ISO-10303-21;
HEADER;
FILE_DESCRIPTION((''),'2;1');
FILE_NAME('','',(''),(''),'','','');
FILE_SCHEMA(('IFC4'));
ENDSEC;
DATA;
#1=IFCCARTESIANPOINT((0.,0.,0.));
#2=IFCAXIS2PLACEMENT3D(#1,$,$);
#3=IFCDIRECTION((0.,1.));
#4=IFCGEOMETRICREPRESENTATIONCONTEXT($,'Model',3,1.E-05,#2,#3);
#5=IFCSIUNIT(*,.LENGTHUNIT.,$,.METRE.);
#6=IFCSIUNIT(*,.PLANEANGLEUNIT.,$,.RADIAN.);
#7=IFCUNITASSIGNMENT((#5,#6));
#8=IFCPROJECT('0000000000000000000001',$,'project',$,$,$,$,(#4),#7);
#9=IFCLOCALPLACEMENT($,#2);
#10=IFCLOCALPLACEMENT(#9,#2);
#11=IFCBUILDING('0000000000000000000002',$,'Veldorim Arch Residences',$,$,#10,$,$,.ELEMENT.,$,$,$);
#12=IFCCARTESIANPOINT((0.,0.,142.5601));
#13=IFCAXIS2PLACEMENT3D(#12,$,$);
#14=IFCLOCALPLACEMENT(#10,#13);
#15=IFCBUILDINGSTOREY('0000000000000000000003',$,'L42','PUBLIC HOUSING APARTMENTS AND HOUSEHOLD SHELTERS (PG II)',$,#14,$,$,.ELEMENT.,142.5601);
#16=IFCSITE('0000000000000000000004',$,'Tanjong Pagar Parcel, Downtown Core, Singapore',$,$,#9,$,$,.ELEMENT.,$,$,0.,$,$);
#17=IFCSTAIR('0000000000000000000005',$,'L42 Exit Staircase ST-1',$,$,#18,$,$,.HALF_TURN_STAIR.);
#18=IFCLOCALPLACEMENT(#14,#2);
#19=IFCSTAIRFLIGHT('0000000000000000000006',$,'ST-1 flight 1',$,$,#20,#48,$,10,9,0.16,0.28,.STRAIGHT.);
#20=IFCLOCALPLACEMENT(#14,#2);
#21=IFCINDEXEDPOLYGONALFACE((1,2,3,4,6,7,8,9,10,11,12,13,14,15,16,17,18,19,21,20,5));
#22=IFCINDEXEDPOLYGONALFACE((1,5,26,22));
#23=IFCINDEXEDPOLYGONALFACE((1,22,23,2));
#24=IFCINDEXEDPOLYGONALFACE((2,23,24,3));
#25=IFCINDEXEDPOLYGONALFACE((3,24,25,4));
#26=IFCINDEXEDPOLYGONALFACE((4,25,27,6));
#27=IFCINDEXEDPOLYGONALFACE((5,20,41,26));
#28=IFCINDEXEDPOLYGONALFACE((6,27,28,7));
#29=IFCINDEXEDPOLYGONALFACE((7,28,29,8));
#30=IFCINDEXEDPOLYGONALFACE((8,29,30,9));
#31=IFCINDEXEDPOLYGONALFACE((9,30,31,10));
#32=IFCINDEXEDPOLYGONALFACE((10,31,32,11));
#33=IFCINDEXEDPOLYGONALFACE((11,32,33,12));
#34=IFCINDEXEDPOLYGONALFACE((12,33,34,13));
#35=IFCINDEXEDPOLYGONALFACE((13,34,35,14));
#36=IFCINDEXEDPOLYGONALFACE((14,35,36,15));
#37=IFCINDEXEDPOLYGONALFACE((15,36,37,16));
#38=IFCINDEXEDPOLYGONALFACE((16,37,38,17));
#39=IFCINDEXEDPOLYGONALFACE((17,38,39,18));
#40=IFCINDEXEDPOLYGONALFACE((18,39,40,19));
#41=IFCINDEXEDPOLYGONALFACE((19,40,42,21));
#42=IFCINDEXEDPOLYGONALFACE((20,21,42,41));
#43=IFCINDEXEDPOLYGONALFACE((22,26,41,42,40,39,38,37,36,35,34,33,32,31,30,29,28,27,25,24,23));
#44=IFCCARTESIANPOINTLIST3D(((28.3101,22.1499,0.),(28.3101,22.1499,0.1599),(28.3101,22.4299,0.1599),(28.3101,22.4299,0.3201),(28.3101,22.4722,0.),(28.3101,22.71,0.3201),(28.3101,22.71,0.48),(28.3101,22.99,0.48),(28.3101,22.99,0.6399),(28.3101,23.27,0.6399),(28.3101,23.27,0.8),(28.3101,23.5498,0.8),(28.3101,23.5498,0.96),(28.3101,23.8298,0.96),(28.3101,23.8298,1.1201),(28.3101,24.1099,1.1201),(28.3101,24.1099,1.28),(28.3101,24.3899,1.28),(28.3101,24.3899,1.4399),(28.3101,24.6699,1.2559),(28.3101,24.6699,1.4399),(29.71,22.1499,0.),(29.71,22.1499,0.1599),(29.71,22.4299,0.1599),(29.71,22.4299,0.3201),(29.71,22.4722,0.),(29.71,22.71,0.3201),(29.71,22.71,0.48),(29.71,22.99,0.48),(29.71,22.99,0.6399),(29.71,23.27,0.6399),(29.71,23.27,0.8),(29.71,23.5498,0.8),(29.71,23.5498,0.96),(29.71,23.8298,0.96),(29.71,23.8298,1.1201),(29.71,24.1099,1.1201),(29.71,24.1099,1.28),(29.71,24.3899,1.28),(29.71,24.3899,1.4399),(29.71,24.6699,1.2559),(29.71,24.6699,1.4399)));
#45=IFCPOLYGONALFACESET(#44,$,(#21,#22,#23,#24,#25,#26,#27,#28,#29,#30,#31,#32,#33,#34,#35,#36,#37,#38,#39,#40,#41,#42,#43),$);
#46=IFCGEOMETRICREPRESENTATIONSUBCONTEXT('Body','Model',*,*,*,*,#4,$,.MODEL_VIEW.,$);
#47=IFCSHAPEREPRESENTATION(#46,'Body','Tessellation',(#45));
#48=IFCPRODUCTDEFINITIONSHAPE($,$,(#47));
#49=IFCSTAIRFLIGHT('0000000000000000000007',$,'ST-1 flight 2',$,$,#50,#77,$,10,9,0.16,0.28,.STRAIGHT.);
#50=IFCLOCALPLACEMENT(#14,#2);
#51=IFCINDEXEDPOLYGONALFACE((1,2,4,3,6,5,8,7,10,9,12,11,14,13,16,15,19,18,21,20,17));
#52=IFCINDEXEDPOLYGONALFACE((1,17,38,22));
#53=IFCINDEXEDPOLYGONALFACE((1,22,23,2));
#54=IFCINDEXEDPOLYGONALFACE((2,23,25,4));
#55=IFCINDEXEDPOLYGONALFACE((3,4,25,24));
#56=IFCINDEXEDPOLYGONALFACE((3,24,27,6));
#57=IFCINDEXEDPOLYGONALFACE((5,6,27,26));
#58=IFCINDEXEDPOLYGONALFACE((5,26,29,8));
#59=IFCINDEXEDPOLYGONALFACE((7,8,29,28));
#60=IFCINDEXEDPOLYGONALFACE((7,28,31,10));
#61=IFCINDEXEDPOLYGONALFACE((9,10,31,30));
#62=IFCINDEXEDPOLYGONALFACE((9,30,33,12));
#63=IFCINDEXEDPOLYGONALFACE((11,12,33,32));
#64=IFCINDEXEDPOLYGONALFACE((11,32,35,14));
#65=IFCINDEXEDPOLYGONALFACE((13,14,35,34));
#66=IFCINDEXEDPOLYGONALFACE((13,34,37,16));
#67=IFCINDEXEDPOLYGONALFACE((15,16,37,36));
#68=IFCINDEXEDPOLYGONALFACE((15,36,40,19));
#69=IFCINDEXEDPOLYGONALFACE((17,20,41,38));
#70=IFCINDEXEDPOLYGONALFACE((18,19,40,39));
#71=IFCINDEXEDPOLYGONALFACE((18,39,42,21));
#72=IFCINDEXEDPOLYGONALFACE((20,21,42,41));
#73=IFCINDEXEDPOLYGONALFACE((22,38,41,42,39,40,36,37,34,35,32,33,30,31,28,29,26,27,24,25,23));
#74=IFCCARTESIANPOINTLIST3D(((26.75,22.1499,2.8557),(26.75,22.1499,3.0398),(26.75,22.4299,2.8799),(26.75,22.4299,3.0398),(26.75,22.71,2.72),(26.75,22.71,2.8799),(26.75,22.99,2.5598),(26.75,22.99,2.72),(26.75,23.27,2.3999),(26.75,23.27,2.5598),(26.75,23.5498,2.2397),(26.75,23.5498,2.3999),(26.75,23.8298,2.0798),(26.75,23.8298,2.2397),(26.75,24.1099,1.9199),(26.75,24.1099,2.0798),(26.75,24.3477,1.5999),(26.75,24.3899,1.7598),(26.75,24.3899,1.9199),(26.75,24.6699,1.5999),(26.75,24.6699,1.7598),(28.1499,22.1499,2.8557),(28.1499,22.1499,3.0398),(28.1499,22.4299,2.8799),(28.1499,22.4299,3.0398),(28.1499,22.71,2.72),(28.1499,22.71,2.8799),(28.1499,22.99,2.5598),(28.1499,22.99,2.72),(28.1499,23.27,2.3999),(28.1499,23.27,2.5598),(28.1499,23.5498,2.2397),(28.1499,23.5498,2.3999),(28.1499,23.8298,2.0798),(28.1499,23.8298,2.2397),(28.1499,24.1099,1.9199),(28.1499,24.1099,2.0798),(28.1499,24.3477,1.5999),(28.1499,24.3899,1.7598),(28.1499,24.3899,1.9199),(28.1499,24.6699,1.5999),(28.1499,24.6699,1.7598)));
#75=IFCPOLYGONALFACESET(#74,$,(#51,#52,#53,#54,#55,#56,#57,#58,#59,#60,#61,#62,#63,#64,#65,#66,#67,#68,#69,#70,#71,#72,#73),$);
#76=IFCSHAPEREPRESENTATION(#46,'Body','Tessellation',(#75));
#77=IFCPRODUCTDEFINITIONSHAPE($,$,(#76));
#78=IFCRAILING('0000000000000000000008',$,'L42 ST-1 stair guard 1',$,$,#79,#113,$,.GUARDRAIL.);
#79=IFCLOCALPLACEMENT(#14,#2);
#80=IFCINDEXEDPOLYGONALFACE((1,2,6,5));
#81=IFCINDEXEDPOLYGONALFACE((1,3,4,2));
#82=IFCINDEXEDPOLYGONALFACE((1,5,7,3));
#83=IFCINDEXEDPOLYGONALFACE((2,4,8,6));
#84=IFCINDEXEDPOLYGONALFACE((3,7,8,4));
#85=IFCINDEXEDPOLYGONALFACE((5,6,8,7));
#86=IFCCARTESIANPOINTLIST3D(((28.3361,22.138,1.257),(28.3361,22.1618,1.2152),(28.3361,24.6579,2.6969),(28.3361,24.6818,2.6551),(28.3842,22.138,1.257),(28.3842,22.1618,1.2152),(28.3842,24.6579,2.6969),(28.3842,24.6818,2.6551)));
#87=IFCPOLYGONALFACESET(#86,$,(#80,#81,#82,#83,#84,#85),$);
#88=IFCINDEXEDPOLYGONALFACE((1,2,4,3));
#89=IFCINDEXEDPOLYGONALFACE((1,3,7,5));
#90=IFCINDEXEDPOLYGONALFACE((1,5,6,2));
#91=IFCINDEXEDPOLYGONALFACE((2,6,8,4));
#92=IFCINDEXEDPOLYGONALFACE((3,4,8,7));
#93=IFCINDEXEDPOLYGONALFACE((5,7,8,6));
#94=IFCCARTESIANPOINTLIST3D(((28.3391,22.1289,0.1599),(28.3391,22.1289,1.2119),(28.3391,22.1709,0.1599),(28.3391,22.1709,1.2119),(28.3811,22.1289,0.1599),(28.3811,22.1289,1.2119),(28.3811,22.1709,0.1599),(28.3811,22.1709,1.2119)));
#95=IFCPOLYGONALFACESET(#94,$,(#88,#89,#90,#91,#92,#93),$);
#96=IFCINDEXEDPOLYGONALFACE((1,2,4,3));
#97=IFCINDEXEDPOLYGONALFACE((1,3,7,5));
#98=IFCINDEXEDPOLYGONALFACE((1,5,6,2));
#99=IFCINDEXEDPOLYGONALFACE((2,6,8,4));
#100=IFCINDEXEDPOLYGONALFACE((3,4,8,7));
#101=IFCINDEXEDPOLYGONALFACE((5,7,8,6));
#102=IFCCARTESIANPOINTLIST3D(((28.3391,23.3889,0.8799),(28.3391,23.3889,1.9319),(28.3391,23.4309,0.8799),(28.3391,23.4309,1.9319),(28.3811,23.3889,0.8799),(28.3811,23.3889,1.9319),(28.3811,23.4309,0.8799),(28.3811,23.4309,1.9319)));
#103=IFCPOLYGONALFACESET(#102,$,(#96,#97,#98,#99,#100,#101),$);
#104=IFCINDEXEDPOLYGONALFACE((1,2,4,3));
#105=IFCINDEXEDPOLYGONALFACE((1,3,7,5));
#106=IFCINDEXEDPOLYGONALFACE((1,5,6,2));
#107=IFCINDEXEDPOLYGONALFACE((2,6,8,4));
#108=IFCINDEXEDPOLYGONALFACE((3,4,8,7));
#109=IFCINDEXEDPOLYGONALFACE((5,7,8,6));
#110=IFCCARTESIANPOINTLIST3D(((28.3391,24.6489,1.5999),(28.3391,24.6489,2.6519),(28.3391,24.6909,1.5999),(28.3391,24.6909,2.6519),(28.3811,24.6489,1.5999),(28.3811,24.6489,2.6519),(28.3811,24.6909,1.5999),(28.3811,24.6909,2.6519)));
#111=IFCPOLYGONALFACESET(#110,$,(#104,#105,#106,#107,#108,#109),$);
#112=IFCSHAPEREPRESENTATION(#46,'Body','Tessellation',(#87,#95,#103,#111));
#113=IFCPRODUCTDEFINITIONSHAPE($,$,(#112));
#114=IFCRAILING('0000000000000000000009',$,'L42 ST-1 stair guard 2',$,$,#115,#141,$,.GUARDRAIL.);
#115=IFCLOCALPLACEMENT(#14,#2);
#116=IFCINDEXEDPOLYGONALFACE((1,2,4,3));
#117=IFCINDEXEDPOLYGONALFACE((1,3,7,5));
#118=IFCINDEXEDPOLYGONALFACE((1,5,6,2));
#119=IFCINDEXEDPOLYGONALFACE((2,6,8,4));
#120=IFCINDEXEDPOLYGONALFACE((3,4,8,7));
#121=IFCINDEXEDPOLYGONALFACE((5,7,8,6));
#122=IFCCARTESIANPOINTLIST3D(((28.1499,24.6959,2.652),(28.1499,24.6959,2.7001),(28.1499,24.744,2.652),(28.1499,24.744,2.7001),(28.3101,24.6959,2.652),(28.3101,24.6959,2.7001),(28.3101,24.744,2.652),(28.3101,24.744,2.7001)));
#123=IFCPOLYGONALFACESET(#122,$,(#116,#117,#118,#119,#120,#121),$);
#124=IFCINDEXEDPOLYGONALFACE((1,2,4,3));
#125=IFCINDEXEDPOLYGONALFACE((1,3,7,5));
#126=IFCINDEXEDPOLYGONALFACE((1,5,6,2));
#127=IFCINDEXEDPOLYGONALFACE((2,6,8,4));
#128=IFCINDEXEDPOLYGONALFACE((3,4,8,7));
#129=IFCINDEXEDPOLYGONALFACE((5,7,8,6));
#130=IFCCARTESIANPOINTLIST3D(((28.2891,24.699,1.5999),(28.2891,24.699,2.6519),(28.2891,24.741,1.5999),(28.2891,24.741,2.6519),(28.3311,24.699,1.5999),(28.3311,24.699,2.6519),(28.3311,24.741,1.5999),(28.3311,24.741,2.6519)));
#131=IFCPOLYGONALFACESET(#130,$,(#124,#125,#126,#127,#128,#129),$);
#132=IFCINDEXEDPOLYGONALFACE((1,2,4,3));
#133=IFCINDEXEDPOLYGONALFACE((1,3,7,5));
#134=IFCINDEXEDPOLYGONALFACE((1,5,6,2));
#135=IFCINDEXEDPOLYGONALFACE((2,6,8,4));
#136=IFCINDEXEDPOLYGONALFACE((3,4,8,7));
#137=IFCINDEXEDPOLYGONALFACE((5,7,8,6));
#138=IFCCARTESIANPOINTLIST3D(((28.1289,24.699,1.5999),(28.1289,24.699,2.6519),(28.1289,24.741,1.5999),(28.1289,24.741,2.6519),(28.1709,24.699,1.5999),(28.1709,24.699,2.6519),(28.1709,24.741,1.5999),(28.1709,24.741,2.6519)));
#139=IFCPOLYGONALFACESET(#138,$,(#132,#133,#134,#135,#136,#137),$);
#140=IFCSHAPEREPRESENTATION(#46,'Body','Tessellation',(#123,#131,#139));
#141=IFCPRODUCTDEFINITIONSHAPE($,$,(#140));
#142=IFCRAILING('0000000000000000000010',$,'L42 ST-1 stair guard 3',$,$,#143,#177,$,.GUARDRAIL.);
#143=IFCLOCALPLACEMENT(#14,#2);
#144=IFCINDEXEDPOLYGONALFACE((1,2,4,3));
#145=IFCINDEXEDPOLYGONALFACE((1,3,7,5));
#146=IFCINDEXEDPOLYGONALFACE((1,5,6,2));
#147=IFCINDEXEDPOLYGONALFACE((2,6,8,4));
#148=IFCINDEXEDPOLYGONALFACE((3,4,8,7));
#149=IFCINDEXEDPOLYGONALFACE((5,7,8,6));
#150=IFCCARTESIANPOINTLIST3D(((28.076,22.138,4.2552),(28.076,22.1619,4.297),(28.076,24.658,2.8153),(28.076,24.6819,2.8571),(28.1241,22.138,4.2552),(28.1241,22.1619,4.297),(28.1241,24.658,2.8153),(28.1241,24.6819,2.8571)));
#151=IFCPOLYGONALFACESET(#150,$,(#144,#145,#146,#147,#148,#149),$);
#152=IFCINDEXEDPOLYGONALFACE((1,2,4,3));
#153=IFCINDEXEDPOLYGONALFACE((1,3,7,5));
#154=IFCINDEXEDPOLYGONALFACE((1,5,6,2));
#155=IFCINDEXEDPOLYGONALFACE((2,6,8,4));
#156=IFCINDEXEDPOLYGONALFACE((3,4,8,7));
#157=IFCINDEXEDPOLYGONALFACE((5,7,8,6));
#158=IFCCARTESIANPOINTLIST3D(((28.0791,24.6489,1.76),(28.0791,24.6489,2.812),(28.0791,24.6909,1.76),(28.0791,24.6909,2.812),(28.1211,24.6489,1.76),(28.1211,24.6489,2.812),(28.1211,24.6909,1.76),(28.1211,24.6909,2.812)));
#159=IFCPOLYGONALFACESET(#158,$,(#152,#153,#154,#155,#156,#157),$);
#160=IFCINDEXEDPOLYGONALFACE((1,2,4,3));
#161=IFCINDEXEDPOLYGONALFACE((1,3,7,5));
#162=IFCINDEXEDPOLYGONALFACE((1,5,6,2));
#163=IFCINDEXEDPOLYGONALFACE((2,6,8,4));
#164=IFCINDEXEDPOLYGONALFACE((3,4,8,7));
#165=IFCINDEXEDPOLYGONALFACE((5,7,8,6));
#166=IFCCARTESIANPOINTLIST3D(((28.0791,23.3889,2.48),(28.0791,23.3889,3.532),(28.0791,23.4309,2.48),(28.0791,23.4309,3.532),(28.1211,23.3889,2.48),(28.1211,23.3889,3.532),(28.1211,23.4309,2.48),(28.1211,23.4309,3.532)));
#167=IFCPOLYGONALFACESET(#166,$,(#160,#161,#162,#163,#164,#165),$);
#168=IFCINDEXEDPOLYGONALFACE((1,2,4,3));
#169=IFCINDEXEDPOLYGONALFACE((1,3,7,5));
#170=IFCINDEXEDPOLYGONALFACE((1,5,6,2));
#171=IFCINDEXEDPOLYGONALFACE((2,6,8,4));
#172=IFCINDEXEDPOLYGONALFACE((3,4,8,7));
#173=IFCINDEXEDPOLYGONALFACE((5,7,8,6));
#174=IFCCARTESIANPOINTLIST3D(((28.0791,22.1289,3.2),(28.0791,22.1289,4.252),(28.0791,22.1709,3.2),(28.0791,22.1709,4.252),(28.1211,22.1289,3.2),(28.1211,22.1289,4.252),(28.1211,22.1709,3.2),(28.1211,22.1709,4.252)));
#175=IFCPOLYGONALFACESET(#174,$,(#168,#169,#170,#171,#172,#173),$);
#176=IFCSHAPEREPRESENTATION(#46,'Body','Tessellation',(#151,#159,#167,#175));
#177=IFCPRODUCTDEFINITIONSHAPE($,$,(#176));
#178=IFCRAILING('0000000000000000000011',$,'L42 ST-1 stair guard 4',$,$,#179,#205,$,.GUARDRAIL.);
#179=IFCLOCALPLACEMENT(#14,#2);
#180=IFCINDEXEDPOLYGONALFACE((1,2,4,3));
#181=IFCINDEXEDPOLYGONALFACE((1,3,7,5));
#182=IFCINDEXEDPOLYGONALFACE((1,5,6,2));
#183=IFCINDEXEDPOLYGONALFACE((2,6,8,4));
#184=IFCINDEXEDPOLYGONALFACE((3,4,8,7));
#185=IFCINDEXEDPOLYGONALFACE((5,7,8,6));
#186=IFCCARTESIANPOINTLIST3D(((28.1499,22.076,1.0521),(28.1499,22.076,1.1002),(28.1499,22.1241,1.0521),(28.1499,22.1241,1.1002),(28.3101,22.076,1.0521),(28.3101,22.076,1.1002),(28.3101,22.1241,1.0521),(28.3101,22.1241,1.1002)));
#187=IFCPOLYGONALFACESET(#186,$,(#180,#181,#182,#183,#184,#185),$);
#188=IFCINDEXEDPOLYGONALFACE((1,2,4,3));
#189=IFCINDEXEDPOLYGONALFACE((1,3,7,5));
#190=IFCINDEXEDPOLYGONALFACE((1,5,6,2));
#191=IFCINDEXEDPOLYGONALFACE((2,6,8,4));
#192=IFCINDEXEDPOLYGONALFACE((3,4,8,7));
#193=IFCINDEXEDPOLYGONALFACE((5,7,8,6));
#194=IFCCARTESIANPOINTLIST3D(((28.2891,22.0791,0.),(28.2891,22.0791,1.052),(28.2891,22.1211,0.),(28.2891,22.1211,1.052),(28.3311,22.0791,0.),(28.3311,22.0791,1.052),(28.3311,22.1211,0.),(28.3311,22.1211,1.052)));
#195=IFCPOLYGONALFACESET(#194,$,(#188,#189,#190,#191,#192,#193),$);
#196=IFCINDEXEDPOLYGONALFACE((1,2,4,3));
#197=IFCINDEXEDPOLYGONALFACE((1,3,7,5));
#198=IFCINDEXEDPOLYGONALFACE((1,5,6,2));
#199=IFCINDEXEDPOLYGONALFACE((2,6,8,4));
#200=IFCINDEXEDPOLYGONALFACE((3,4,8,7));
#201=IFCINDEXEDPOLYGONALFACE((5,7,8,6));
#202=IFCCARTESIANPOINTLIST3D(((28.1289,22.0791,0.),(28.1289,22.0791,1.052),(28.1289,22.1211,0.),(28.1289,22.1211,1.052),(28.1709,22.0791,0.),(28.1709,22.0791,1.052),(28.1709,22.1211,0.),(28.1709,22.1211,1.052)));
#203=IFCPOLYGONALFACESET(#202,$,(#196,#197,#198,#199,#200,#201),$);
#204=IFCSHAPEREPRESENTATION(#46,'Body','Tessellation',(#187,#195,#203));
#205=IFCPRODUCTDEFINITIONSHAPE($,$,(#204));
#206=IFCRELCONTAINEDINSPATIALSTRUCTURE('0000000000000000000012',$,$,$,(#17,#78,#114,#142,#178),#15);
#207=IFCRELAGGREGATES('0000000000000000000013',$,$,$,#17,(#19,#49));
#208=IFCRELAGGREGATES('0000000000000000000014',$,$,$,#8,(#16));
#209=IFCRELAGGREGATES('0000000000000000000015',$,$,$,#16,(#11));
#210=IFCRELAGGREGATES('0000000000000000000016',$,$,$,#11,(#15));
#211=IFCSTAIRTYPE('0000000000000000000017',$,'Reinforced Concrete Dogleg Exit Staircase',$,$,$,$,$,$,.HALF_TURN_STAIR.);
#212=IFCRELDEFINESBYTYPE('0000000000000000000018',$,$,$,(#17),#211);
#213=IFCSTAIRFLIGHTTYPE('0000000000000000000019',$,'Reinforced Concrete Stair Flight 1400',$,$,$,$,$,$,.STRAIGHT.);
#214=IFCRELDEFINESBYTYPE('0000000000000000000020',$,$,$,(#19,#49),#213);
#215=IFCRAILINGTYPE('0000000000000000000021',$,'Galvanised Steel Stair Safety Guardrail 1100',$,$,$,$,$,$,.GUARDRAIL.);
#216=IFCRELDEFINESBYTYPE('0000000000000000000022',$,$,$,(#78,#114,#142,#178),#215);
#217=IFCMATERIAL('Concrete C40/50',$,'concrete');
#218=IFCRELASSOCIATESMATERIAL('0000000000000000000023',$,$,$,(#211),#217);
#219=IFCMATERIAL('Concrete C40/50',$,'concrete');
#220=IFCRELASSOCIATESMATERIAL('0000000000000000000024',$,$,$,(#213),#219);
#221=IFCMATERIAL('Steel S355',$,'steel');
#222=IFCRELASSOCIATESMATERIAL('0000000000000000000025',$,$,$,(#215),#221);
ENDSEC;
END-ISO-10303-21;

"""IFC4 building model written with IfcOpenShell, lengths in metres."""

from ifc_helpers import new_model, si_unit, direction, frame, origin, origin_2d, place, context, subcontext, project, spatial, polyline, rectangle, outline, extrude, material, type_object, element, aggregate, save


model = new_model("IFC4")

# Units and contexts
model_context = context("Model", 3, precision=1e-05, world=origin(), true_north=direction((0.0, 1.0)))
body_context = subcontext(model_context, "Body", "Model", "MODEL_VIEW")
ifc_project = project(units=[si_unit("LENGTHUNIT", "METRE"), si_unit("PLANEANGLEUNIT", "RADIAN")], contexts=[model_context])

# Site, building, storey
site_placement = place(None, origin())
site = spatial("IfcSite", under=ifc_project, at=site_placement, Name="Tanjong Pagar Parcel, Downtown Core, Singapore", CompositionType="ELEMENT", RefElevation=0.0)
building_placement = place(site_placement, origin())
building = spatial("IfcBuilding", under=site, at=building_placement, Name="Veldorim Arch Residences", CompositionType="ELEMENT")
storey_placement = place(building_placement, frame((0.0, 0.0, 142.5601)))
storey = spatial("IfcBuildingStorey", under=building, at=storey_placement, Name="L42", Description="PUBLIC HOUSING APARTMENTS AND HOUSEHOLD SHELTERS (PG II)", CompositionType="ELEMENT", Elevation=142.5601)

# Stair, stair flights
ifc_material_1 = material(Name="Concrete C40/50", Category="concrete")
stair_type = type_object("IfcStairType", Name="Reinforced Concrete Dogleg Exit Staircase", PredefinedType="HALF_TURN_STAIR", material=ifc_material_1)
stair_placement = place(storey_placement, origin())
stair = element("IfcStair", 1, at=stair_placement, inside=storey, type_object=stair_type, Name="L42 Exit Staircase ST-1", PredefinedType="HALF_TURN_STAIR")
ifc_material_2 = material(Name="Concrete C40/50", Category="concrete")
stair_flight_type = type_object("IfcStairFlightType", Name="Reinforced Concrete Stair Flight 1400", PredefinedType="STRAIGHT", material=ifc_material_2)
stair_flight_1_placement = place(storey_placement, frame((29.01, 22.1499, 0.0), z_axis=(0.0, 0.0, 1.0), x_axis=(0.0, 1.0, 0.0)))
stair_flight_1 = element("IfcStairFlight", 2, at=stair_flight_1_placement, type_object=stair_flight_type, Name="ST-1 flight 1", NumberOfRisers=10, NumberOfTreads=9, PredefinedType="STRAIGHT", RiserHeight=0.16, TreadLength=0.28, context=body_context, shape_type="SweptSolid", body=[
    extrude(outline(polyline([(0.0, 0.0), (0.0, 0.1599), (0.28, 0.1599), (0.28, 0.3201), (0.5601, 0.3201), (0.5601, 0.48), (0.8401, 0.48), (0.8401, 0.6399), (1.1201, 0.6399), (1.1201, 0.8), (1.3999, 0.8), (1.3999, 0.96), (1.6799, 0.96), (1.6799, 1.1201), (1.96, 1.1201), (1.96, 1.28), (2.24, 1.28), (2.24, 1.4399), (2.52, 1.4399), (2.52, 1.6001), (2.52, 1.2559), (0.3223, 0.0), (0.0, 0.0)])), frame((0.0, 0.7, 0.0), z_axis=(0.0, -1.0, 0.0), x_axis=(1.0, 0.0, 0.0)), (0.0, 0.0, 1.0), 1.3999),
])
stair_flight_2_placement = place(storey_placement, frame((27.45, 24.6699, 1.5999), z_axis=(0.0, 0.0, 1.0), x_axis=(0.0, -1.0, 0.0)))
stair_flight_2 = element("IfcStairFlight", 3, at=stair_flight_2_placement, type_object=stair_flight_type, Name="ST-1 flight 2", NumberOfRisers=10, NumberOfTreads=9, PredefinedType="STRAIGHT", RiserHeight=0.16, TreadLength=0.28, context=body_context, shape_type="SweptSolid", body=[
    extrude(outline(polyline([(0.0, 0.0), (0.0, 0.1599), (0.28, 0.1599), (0.28, 0.3201), (0.5601, 0.3201), (0.5601, 0.48), (0.8401, 0.48), (0.8401, 0.6399), (1.1201, 0.6399), (1.1201, 0.8), (1.3999, 0.8), (1.3999, 0.96), (1.6799, 0.96), (1.6799, 1.1201), (1.96, 1.1201), (1.96, 1.28), (2.24, 1.28), (2.24, 1.4399), (2.52, 1.4399), (2.52, 1.6001), (2.52, 1.2559), (0.3223, 0.0), (0.0, 0.0)])), frame((0.0, 0.7, 0.0), z_axis=(0.0, -1.0, 0.0), x_axis=(1.0, 0.0, 0.0)), (0.0, 0.0, 1.0), 1.3999),
])
aggregate(stair, [stair_flight_1, stair_flight_2])

# Railings
ifc_material_3 = material(Name="Steel S355", Category="steel")
railing_type_1 = type_object("IfcRailingType", Name="Galvanised Steel Stair Safety Guardrail 1100", PredefinedType="GUARDRAIL", material=ifc_material_3)
railing_1_placement = place(storey_placement, frame((28.3601, 22.1499, 0.1599)))
element("IfcRailing", 4, at=railing_1_placement, inside=storey, type_object=railing_type_1, Name="L42 ST-1 stair guard 1", PredefinedType="GUARDRAIL", context=body_context, shape_type="SweptSolid", body=[
    extrude(rectangle(XDim=0.0481, YDim=0.0481, at=origin_2d()), frame((0.0, 0.0, 1.0762), z_axis=(0.0, 0.868253, 0.496121), x_axis=(-1.0, 0.0, 0.0)), (0.0, 0.0, 1.0), 2.9023),
    extrude(rectangle(XDim=0.042, YDim=0.042, at=origin_2d()), origin(), (0.0, 0.0, 1.0), 1.052),
    extrude(rectangle(XDim=0.042, YDim=0.042, at=origin_2d()), frame((0.0, 1.26, 0.72)), (0.0, 0.0, 1.0), 1.052),
    extrude(rectangle(XDim=0.042, YDim=0.042, at=origin_2d()), frame((0.0, 2.52, 1.4399)), (0.0, 0.0, 1.0), 1.052),
])
railing_2_placement = place(storey_placement, frame((28.3101, 24.72, 1.5999)))
element("IfcRailing", 5, at=railing_2_placement, inside=storey, type_object=railing_type_1, Name="L42 ST-1 stair guard 2", PredefinedType="GUARDRAIL", context=body_context, shape_type="SweptSolid", body=[
    extrude(rectangle(XDim=0.0481, YDim=0.0481, at=origin_2d()), frame((0.0, 0.0, 1.0762), z_axis=(-1.0, 0.0, 0.0), x_axis=(0.0, -1.0, 0.0)), (0.0, 0.0, 1.0), 0.1602),
    extrude(rectangle(XDim=0.042, YDim=0.042, at=origin_2d()), origin(), (0.0, 0.0, 1.0), 1.052),
    extrude(rectangle(XDim=0.042, YDim=0.042, at=origin_2d()), frame((-0.1602, 0.0, 0.0)), (0.0, 0.0, 1.0), 1.052),
])
railing_3_placement = place(storey_placement, frame((28.1001, 24.6699, 1.76)))
element("IfcRailing", 6, at=railing_3_placement, inside=storey, type_object=railing_type_1, Name="L42 ST-1 stair guard 3", PredefinedType="GUARDRAIL", context=body_context, shape_type="SweptSolid", body=[
    extrude(rectangle(XDim=0.0481, YDim=0.0481, at=origin_2d()), frame((0.0, 0.0, 1.0762), z_axis=(0.0, -0.868253, 0.496121), x_axis=(1.0, 0.0, 0.0)), (0.0, 0.0, 1.0), 2.9023),
    extrude(rectangle(XDim=0.042, YDim=0.042, at=origin_2d()), origin(), (0.0, 0.0, 1.0), 1.052),
    extrude(rectangle(XDim=0.042, YDim=0.042, at=origin_2d()), frame((0.0, -1.26, 0.72)), (0.0, 0.0, 1.0), 1.052),
    extrude(rectangle(XDim=0.042, YDim=0.042, at=origin_2d()), frame((0.0, -2.52, 1.4399)), (0.0, 0.0, 1.0), 1.052),
])
railing_4_placement = place(storey_placement, frame((28.3101, 22.1001, 0.0)))
element("IfcRailing", 7, at=railing_4_placement, inside=storey, type_object=railing_type_1, Name="L42 ST-1 stair guard 4", PredefinedType="GUARDRAIL", context=body_context, shape_type="SweptSolid", body=[
    extrude(rectangle(XDim=0.0481, YDim=0.0481, at=origin_2d()), frame((0.0, 0.0, 1.0762), z_axis=(-1.0, 0.0, 0.0), x_axis=(0.0, -1.0, 0.0)), (0.0, 0.0, 1.0), 0.1602),
    extrude(rectangle(XDim=0.042, YDim=0.042, at=origin_2d()), origin(), (0.0, 0.0, 1.0), 1.052),
    extrude(rectangle(XDim=0.042, YDim=0.042, at=origin_2d()), frame((-0.1602, 0.0, 0.0)), (0.0, 0.0, 1.0), 1.052),
])

save(model, "model.ifc")
